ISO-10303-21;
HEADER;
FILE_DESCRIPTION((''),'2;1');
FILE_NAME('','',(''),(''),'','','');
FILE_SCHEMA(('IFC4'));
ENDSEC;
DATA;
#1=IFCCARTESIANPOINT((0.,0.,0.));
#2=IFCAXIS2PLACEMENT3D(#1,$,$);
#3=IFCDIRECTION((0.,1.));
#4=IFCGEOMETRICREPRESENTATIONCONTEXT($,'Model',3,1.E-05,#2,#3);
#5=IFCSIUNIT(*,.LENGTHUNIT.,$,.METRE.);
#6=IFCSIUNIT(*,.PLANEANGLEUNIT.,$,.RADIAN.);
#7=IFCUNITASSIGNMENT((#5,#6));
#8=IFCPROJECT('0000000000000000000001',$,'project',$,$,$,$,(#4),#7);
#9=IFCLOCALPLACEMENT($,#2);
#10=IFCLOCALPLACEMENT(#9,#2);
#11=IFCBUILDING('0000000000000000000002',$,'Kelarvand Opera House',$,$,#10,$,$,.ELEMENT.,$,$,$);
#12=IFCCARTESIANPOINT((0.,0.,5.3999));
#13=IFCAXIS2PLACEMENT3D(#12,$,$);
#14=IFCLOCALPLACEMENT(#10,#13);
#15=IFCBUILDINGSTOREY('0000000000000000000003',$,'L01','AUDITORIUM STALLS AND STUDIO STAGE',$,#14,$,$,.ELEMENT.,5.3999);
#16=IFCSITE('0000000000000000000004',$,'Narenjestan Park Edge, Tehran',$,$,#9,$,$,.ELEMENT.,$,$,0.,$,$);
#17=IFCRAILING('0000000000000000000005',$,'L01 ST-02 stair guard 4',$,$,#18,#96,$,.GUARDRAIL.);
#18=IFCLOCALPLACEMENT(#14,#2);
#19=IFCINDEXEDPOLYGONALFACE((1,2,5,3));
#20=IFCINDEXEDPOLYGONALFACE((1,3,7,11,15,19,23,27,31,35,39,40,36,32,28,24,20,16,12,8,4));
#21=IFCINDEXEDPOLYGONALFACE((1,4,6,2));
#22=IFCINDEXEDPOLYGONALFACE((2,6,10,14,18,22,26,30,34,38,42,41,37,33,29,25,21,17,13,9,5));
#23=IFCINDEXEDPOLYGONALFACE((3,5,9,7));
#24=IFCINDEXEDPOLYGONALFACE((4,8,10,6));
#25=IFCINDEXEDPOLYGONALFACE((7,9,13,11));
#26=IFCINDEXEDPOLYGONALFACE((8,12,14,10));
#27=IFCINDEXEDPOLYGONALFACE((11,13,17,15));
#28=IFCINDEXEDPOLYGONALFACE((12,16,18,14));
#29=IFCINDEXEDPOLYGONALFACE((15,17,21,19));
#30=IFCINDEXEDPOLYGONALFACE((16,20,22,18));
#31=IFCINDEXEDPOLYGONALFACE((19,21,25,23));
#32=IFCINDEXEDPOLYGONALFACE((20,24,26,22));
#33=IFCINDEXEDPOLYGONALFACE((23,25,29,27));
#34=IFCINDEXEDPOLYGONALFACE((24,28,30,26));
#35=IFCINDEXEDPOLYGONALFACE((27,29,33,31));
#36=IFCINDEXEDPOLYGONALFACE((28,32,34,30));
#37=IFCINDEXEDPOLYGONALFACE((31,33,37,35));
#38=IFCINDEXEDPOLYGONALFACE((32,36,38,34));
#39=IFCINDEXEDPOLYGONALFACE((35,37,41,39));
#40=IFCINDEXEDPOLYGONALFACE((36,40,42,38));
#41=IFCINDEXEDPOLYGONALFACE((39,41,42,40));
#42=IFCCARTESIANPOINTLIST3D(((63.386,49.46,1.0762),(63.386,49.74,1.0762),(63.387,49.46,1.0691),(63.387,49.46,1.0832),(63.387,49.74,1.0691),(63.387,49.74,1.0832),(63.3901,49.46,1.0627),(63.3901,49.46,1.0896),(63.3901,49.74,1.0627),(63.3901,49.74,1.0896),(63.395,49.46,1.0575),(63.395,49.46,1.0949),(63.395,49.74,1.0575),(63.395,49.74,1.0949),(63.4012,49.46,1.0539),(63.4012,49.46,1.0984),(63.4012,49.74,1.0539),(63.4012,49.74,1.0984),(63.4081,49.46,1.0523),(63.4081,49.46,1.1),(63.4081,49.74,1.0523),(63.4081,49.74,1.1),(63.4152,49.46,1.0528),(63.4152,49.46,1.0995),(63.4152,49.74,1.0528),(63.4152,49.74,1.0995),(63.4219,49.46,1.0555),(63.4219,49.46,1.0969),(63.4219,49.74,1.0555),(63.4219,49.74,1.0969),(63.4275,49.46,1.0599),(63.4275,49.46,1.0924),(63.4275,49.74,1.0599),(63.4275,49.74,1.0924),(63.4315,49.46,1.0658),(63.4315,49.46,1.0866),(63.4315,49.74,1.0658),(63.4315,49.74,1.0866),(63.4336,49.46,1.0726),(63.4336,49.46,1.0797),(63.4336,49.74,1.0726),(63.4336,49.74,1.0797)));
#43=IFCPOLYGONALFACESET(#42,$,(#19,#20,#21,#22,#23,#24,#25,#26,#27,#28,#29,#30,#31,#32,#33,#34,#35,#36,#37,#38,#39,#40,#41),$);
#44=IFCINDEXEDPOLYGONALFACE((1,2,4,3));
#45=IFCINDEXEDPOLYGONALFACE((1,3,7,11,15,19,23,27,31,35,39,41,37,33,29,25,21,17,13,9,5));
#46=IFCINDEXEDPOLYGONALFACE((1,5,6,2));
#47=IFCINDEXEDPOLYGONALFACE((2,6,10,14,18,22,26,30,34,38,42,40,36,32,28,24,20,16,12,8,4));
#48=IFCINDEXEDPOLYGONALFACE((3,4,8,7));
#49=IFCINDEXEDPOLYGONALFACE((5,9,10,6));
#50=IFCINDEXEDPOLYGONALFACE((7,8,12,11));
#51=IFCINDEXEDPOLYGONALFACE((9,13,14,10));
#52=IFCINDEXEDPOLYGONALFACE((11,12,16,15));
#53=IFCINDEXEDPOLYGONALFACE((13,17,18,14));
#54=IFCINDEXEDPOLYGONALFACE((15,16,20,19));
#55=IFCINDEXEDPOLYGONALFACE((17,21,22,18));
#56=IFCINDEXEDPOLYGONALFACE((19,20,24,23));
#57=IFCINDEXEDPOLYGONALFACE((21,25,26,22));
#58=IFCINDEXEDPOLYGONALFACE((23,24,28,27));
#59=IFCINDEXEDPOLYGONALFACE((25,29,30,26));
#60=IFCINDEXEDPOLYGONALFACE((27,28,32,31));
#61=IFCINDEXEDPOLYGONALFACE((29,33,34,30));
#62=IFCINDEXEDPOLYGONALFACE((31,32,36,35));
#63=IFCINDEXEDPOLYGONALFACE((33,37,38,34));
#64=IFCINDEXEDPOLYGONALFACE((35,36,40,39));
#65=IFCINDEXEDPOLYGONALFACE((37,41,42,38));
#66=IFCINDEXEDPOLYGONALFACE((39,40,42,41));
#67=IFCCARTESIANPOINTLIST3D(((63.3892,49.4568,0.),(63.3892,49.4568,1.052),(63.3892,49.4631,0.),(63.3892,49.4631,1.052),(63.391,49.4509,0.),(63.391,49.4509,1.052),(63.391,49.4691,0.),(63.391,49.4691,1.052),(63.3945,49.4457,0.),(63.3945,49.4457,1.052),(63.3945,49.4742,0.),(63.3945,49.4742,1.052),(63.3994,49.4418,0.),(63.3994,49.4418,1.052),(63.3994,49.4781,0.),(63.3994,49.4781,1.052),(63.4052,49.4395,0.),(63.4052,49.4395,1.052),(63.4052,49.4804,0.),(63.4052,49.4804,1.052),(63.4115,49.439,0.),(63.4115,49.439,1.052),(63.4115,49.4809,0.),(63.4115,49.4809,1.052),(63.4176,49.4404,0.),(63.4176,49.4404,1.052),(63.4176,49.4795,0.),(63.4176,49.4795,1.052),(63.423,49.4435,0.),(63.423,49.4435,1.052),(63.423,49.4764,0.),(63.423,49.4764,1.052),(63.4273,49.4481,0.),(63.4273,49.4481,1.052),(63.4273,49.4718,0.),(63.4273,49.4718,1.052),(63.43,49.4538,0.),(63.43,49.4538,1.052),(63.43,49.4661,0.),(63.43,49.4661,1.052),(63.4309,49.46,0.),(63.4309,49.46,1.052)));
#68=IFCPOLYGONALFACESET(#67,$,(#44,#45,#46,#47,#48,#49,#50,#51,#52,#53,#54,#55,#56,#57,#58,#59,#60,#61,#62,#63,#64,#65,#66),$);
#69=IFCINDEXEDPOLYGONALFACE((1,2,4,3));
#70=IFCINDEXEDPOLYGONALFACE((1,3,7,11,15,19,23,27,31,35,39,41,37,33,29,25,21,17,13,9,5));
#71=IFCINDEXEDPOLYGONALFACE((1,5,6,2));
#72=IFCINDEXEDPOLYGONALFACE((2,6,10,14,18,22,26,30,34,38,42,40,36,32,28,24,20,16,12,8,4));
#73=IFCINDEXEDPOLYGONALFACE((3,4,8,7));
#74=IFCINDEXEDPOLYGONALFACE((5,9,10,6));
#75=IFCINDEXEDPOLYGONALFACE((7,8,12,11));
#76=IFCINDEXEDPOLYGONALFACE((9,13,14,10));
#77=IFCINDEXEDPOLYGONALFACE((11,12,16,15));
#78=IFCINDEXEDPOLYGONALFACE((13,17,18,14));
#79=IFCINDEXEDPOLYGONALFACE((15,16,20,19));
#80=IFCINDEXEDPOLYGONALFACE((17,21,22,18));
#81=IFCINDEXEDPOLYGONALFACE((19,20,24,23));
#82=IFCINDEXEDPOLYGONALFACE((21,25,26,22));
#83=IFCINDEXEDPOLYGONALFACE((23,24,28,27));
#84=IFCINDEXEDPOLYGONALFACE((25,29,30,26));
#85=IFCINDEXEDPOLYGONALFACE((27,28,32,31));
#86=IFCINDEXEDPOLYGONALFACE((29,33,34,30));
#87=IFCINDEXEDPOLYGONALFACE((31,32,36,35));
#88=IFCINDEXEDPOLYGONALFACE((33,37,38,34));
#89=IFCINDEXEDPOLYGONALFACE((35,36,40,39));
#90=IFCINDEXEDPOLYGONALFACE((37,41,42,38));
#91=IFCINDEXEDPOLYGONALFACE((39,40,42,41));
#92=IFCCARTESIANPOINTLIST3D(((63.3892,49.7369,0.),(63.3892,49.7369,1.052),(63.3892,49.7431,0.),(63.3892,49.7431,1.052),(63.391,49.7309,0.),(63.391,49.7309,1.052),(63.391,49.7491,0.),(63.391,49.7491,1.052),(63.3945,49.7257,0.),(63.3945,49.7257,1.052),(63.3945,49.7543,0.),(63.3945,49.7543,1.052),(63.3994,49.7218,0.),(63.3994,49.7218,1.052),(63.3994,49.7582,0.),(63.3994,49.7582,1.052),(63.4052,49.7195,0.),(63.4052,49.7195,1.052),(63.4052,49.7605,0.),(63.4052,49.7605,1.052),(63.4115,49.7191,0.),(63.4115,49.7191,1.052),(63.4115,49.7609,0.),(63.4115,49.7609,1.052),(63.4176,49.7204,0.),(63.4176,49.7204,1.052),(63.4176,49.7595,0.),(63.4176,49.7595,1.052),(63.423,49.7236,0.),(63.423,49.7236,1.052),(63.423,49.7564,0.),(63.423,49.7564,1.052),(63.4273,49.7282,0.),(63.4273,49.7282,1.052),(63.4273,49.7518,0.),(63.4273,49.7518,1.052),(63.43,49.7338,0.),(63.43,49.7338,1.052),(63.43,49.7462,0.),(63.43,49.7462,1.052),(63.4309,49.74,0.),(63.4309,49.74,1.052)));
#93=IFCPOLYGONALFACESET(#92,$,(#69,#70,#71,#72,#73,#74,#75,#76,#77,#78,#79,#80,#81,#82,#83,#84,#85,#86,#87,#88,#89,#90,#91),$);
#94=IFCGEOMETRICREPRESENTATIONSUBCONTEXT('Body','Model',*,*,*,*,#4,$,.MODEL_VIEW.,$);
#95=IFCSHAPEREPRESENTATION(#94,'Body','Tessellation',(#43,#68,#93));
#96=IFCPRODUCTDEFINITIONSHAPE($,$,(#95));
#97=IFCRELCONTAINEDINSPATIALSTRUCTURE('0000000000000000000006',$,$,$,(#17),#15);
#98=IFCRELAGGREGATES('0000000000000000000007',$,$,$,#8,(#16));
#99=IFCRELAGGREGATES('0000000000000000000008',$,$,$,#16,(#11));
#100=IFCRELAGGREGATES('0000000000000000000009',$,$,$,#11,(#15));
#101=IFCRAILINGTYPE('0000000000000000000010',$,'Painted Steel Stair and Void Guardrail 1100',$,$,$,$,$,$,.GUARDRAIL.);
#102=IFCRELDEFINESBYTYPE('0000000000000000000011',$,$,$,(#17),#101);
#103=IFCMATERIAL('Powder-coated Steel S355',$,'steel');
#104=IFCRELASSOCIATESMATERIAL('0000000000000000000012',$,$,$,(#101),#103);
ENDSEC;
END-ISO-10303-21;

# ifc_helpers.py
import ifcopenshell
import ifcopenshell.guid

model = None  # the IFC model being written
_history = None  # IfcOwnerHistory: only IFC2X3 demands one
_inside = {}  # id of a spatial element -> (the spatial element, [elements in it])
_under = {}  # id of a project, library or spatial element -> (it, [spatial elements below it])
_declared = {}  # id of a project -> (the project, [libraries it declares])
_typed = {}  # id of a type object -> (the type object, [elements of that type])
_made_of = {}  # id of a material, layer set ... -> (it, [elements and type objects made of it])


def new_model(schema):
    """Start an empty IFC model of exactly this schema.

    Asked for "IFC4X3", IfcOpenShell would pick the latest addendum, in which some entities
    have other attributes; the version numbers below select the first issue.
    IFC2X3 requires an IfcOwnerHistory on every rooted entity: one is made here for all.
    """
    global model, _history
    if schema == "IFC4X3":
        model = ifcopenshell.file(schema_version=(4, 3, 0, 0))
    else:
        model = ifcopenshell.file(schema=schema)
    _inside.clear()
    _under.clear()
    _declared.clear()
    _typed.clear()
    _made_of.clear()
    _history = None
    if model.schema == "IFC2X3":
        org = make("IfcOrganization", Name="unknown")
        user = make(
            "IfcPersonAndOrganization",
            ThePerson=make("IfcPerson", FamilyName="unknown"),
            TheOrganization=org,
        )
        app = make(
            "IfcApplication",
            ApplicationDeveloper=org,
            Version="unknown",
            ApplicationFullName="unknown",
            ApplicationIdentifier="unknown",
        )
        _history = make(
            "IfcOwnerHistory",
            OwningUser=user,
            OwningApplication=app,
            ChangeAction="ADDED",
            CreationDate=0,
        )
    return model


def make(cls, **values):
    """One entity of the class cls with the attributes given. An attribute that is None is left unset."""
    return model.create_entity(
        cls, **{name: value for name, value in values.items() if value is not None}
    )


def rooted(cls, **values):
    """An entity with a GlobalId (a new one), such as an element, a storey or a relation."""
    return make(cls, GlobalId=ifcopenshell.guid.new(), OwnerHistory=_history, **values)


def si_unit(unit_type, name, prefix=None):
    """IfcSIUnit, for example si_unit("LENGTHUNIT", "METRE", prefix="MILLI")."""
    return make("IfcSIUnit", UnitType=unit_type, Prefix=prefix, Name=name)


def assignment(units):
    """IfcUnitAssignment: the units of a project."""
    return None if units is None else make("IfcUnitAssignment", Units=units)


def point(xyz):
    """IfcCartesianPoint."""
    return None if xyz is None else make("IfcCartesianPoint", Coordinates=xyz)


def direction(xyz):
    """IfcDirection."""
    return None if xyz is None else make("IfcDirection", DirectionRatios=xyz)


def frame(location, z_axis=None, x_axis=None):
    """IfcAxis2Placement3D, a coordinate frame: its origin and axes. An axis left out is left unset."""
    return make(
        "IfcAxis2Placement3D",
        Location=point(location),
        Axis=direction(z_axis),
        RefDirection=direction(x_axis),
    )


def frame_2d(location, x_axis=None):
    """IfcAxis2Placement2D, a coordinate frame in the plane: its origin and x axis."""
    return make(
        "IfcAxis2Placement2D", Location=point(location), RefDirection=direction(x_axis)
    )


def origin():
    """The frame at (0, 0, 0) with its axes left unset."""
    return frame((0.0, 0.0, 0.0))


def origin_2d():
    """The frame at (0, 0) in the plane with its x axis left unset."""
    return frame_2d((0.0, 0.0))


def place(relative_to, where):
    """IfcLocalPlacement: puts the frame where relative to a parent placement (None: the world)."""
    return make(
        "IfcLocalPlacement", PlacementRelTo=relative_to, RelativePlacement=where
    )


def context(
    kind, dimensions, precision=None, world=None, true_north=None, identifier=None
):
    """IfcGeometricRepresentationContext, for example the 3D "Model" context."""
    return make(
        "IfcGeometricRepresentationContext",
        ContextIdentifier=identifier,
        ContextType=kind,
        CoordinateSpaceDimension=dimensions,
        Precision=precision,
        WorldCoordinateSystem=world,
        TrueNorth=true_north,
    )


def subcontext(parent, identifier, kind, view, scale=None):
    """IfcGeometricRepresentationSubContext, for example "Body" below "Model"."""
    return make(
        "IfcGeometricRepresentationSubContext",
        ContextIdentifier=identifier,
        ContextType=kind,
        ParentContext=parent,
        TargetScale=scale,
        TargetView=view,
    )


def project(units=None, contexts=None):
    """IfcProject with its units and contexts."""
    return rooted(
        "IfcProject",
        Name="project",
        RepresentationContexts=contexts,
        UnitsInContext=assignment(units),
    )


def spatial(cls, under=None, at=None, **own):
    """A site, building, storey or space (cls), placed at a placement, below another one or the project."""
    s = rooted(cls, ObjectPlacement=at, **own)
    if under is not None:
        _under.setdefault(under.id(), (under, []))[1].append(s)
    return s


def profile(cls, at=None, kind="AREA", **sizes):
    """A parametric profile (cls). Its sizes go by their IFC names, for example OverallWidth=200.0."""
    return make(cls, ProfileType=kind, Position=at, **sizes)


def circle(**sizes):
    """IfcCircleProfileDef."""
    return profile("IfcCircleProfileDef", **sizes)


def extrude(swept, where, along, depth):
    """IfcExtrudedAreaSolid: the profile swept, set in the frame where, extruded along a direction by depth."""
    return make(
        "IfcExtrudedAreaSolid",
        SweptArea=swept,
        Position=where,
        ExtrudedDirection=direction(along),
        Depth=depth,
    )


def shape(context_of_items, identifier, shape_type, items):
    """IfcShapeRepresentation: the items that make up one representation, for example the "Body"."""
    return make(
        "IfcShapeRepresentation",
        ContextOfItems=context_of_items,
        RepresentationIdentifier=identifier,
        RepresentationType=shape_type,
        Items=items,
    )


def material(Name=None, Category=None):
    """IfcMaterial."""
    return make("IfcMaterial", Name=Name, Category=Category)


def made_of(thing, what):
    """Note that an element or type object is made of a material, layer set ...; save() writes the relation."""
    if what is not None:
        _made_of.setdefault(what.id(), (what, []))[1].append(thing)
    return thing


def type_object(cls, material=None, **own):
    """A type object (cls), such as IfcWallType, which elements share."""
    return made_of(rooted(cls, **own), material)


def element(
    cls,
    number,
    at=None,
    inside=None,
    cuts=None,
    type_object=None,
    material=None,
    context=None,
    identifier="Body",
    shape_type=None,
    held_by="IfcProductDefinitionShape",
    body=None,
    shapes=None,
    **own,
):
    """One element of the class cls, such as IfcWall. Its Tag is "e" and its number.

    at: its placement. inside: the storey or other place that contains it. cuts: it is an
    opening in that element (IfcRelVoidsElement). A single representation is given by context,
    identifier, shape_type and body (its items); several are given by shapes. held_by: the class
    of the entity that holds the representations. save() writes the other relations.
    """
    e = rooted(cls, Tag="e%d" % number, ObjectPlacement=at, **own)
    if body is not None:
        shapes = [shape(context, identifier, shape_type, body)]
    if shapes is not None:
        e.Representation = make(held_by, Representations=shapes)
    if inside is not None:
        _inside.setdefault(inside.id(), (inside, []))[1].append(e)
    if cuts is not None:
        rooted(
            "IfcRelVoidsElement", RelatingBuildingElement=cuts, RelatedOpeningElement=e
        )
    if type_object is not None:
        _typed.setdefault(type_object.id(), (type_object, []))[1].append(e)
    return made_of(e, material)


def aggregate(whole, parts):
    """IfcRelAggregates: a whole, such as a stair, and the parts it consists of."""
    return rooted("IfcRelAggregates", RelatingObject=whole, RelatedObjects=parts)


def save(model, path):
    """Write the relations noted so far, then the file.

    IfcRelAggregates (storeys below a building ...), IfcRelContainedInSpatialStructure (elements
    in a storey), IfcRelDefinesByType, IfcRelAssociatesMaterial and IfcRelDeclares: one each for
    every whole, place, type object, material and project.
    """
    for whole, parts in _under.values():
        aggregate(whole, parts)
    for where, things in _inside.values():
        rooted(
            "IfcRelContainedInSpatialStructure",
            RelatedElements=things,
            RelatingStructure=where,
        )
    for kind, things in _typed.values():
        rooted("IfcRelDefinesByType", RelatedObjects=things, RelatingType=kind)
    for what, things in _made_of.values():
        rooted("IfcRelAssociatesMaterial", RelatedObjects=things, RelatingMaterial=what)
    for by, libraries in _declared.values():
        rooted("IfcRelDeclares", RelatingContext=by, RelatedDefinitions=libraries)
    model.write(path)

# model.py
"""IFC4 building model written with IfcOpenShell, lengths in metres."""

from ifc_helpers import new_model, si_unit, direction, frame, origin, origin_2d, place, context, subcontext, project, spatial, circle, extrude, material, type_object, element, save


model = new_model("IFC4")

# Units and contexts
model_context = context("Model", 3, precision=1e-05, world=origin(), true_north=direction((0.0, 1.0)))
body_context = subcontext(model_context, "Body", "Model", "MODEL_VIEW")
ifc_project = project(units=[si_unit("LENGTHUNIT", "METRE"), si_unit("PLANEANGLEUNIT", "RADIAN")], contexts=[model_context])

# Site, building, storey
site_placement = place(None, origin())
site = spatial("IfcSite", under=ifc_project, at=site_placement, Name="Narenjestan Park Edge, Tehran", CompositionType="ELEMENT", RefElevation=0.0)
building_placement = place(site_placement, origin())
building = spatial("IfcBuilding", under=site, at=building_placement, Name="Kelarvand Opera House", CompositionType="ELEMENT")
storey_placement = place(building_placement, frame((0.0, 0.0, 5.3999)))
storey = spatial("IfcBuildingStorey", under=building, at=storey_placement, Name="L01", Description="AUDITORIUM STALLS AND STUDIO STAGE", CompositionType="ELEMENT", Elevation=5.3999)

# Railing
ifc_material_1 = material(Name="Powder-coated Steel S355", Category="steel")
railing_type_1 = type_object("IfcRailingType", Name="Painted Steel Stair and Void Guardrail 1100", PredefinedType="GUARDRAIL", material=ifc_material_1)
railing_1_placement = place(storey_placement, frame((63.4099, 49.46, 0.0)))
element("IfcRailing", 1, at=railing_1_placement, inside=storey, type_object=railing_type_1, Name="L01 ST-02 stair guard 4", PredefinedType="GUARDRAIL", context=body_context, shape_type="SweptSolid", body=[
    extrude(circle(Radius=0.0239, at=origin_2d()), frame((0.0, 0.0, 1.0762), z_axis=(0.0, 1.0, 0.0), x_axis=(-1.0, 0.0, 0.0)), (0.0, 0.0, 1.0), 0.28),
    extrude(circle(Radius=0.021, at=origin_2d()), origin(), (0.0, 0.0, 1.0), 1.052),
    extrude(circle(Radius=0.021, at=origin_2d()), frame((0.0, 0.28, 0.0)), (0.0, 0.0, 1.0), 1.052),
])

save(model, "model.ifc")
